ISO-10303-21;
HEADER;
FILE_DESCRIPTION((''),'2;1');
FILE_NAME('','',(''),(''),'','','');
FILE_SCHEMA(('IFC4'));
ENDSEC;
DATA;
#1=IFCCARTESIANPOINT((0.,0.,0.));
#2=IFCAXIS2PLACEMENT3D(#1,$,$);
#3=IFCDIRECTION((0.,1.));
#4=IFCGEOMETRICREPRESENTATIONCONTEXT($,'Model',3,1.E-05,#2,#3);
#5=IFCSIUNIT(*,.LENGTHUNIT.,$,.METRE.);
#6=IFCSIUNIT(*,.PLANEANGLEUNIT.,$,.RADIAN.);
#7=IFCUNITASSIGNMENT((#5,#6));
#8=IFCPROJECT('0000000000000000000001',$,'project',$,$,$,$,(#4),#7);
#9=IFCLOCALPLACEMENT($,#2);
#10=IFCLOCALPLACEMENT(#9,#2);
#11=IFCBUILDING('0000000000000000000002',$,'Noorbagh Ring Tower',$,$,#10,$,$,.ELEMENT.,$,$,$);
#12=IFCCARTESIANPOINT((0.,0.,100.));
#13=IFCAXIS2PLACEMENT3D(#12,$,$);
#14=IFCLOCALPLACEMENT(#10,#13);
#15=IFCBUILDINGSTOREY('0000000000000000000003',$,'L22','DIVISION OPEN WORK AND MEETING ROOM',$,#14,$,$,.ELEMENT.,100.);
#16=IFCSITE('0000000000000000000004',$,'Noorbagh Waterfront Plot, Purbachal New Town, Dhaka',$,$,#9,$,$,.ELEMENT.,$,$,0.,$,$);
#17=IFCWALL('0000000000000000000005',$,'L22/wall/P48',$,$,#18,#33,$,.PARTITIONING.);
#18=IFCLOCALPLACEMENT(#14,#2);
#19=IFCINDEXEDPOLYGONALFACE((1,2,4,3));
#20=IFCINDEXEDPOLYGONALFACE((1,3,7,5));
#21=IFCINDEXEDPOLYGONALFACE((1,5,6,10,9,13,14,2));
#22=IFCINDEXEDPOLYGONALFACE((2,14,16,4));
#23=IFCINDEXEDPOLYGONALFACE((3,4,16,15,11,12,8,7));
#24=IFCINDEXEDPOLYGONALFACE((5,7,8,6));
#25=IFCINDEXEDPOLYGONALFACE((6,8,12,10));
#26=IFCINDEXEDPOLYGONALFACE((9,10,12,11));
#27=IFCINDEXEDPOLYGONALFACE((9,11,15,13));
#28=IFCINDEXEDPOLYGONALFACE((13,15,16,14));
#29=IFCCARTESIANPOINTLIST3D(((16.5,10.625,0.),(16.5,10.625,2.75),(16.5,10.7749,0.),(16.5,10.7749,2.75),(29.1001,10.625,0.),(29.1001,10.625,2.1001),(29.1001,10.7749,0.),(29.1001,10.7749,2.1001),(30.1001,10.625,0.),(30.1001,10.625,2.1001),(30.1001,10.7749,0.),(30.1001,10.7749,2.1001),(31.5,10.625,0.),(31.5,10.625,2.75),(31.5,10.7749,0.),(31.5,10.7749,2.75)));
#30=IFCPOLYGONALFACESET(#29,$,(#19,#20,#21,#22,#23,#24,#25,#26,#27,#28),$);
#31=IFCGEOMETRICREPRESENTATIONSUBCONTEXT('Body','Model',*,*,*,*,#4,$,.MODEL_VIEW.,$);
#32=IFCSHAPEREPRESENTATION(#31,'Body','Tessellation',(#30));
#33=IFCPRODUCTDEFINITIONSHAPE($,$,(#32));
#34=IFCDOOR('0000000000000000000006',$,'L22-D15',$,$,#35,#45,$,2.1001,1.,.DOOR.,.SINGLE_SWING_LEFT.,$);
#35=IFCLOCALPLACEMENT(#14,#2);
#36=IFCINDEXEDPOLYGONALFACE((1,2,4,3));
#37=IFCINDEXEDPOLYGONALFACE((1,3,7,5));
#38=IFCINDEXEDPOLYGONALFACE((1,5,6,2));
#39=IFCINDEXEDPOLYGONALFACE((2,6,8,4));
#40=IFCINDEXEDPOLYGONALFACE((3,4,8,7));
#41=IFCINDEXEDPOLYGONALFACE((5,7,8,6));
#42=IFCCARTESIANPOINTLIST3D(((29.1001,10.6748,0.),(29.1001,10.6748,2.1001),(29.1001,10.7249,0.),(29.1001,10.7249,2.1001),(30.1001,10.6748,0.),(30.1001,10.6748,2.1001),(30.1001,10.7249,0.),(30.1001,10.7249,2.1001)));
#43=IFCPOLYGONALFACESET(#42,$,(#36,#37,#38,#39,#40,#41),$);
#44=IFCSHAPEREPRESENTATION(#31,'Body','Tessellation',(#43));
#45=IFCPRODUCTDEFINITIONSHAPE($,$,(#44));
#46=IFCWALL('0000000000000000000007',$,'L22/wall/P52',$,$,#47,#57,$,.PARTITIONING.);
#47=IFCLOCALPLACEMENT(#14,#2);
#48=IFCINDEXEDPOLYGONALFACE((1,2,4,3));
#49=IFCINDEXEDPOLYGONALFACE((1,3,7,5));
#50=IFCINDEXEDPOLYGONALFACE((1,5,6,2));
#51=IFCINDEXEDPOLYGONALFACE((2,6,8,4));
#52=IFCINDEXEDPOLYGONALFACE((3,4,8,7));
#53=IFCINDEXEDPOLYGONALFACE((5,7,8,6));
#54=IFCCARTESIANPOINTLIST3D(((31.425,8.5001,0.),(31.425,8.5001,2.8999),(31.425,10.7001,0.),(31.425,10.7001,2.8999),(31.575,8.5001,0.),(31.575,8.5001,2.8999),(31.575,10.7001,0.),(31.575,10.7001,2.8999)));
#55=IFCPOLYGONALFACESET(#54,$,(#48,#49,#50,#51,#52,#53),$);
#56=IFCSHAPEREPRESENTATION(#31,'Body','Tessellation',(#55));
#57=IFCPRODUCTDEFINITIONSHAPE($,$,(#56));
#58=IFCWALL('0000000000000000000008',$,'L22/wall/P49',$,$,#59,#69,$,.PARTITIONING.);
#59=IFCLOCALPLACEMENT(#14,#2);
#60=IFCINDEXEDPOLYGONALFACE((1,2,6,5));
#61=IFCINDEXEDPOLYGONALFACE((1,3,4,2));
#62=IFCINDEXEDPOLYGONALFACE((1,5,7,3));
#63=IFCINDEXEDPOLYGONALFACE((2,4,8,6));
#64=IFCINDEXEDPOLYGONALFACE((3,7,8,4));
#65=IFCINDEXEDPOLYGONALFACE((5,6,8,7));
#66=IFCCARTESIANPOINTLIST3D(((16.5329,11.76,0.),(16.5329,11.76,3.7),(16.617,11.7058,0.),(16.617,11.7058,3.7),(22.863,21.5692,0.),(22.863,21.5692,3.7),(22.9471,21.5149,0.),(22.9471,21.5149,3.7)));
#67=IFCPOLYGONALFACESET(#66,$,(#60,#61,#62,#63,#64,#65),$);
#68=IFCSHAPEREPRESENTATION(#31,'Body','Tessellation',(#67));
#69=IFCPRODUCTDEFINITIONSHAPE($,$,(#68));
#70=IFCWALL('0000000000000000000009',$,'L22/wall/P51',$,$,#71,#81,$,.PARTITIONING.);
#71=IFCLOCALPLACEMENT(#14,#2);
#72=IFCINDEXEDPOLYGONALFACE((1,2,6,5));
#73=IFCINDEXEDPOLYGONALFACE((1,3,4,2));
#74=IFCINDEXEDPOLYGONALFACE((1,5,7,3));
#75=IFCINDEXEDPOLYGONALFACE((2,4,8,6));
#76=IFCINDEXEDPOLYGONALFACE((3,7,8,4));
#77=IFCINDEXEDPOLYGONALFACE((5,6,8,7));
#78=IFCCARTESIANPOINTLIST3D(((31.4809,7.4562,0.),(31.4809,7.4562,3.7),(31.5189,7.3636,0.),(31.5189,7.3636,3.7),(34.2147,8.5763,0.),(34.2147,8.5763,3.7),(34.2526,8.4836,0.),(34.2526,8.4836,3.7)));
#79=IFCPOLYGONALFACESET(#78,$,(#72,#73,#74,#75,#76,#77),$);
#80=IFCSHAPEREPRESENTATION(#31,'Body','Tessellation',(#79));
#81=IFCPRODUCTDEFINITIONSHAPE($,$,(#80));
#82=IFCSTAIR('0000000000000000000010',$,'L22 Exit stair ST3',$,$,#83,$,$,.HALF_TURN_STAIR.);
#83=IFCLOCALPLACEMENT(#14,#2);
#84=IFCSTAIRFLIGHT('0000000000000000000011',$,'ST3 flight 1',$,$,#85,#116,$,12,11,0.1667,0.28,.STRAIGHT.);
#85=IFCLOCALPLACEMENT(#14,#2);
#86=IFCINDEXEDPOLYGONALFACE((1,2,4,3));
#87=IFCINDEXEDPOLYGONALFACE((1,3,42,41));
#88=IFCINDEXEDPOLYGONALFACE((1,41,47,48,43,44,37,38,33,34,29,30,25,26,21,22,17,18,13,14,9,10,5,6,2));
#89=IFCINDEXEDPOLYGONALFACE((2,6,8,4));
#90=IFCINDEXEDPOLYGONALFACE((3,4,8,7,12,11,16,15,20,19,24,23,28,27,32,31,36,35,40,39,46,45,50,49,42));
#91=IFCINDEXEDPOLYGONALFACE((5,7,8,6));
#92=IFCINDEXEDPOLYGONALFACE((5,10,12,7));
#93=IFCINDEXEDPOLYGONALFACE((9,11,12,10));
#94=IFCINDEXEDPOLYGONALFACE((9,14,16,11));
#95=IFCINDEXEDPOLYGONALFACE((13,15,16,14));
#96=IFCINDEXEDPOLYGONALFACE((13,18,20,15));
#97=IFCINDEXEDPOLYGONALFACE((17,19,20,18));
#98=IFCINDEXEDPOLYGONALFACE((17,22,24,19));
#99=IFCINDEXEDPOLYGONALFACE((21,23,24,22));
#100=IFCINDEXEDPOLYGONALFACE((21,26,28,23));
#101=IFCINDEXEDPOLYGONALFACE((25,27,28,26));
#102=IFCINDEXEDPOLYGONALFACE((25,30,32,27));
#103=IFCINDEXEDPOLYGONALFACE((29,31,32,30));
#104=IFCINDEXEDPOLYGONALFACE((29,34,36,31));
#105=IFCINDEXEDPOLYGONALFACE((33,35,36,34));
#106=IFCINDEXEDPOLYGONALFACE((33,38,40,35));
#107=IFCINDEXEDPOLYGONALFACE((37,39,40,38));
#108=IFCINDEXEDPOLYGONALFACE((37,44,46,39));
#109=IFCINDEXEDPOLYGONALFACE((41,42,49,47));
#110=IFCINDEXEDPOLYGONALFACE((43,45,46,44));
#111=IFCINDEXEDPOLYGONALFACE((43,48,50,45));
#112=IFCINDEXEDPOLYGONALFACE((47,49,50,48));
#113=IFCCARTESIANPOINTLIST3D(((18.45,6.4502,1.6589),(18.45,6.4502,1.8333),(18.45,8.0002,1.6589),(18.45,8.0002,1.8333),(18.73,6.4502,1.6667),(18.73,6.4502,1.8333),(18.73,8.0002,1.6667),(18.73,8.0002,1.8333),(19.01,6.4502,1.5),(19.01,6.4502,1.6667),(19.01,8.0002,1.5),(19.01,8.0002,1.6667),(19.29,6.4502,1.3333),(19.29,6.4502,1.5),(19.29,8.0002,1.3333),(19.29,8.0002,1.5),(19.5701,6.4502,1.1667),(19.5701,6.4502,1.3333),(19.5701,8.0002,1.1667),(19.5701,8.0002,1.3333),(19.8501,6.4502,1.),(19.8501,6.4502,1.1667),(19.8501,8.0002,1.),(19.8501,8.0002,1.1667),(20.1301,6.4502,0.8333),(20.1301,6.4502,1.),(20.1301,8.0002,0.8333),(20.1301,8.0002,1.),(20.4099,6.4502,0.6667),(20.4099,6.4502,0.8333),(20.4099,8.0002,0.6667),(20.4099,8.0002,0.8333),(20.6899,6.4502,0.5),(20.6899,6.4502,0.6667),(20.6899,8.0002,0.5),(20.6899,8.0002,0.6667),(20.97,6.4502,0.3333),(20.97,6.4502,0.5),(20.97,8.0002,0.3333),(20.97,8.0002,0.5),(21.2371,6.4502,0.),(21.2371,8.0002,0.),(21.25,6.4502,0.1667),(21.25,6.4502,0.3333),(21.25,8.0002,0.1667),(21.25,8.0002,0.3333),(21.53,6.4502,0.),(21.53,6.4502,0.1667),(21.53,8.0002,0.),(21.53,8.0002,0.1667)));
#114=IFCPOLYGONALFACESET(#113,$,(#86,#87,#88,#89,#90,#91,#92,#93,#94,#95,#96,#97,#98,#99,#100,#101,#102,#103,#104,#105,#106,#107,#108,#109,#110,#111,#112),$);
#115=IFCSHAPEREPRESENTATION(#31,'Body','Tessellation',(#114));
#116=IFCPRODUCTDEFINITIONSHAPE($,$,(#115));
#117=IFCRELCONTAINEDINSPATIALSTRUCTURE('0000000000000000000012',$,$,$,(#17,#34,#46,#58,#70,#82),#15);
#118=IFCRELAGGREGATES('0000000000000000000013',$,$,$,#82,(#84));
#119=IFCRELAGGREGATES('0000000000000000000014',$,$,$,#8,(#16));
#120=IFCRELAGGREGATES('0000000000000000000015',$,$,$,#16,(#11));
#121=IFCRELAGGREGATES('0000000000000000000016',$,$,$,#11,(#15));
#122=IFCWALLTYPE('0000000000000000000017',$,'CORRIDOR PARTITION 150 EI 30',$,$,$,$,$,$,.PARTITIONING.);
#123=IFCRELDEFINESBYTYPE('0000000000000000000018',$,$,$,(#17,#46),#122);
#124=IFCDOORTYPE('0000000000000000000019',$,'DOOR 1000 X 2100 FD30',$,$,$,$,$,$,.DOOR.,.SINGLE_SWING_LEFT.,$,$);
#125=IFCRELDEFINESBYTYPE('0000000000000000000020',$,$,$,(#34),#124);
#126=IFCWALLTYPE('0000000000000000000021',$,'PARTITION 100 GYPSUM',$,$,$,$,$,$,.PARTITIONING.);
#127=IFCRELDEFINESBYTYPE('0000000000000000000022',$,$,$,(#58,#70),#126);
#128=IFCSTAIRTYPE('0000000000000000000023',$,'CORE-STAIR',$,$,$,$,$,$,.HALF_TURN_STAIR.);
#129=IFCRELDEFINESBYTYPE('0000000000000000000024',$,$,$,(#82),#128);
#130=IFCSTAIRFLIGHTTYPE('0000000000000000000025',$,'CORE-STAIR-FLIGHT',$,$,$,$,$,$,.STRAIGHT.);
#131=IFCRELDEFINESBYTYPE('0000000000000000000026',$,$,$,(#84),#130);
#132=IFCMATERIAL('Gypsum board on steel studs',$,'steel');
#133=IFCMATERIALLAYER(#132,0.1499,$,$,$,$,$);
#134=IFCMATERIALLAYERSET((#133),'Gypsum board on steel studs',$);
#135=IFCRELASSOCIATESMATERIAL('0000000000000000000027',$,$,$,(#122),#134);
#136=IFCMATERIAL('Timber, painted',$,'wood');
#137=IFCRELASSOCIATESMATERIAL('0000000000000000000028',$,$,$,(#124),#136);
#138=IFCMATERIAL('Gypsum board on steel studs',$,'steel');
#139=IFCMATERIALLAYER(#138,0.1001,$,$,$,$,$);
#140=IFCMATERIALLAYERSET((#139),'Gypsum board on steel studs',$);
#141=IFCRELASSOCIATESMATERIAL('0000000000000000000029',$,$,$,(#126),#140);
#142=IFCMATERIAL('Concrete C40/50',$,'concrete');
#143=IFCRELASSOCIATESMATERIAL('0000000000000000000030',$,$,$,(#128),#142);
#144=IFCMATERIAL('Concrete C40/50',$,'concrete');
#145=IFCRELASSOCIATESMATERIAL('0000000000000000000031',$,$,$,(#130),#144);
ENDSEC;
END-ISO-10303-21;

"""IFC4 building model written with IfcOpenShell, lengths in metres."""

from ifc_helpers import new_model, si_unit, direction, frame, frame_2d, origin, place, context, subcontext, project, spatial, polyline, rectangle, outline, extrude, material, layer, layer_set, type_object, element, fill, aggregate, save


model = new_model("IFC4")

# Units and contexts
model_context = context("Model", 3, precision=1e-05, world=origin(), true_north=direction((0.0, 1.0)))
body_context = subcontext(model_context, "Body", "Model", "MODEL_VIEW")
ifc_project = project(units=[si_unit("LENGTHUNIT", "METRE"), si_unit("PLANEANGLEUNIT", "RADIAN")], contexts=[model_context])

# Site, building, storey
site_placement = place(None, origin())
site = spatial("IfcSite", under=ifc_project, at=site_placement, Name="Noorbagh Waterfront Plot, Purbachal New Town, Dhaka", CompositionType="ELEMENT", RefElevation=0.0)
building_placement = place(site_placement, origin())
building = spatial("IfcBuilding", under=site, at=building_placement, Name="Noorbagh Ring Tower", CompositionType="ELEMENT")
storey_placement = place(building_placement, frame((0.0, 0.0, 100.0)))
storey = spatial("IfcBuildingStorey", under=building, at=storey_placement, Name="L22", Description="DIVISION OPEN WORK AND MEETING ROOM", CompositionType="ELEMENT", Elevation=100.0)

# Wall, opening, door
ifc_material_1 = material(Name="Gypsum board on steel studs", Category="steel")
ifc_layer_1 = layer(ifc_material_1, 0.1499)
ifc_layer_set_1 = layer_set([ifc_layer_1], Name="Gypsum board on steel studs")
wall_type_1 = type_object("IfcWallType", Name="CORRIDOR PARTITION 150 EI 30", PredefinedType="PARTITIONING", material=ifc_layer_set_1)
wall_1_placement = place(storey_placement, frame((16.5, 10.7, 0.0), z_axis=(0.0, 0.0, 1.0), x_axis=(1.0, 0.0, 0.0)))
wall_1 = element("IfcWall", 1, at=wall_1_placement, inside=storey, type_object=wall_type_1, Name="L22/wall/P48", PredefinedType="PARTITIONING", context=body_context, shape_type="SweptSolid", body=[
    extrude(rectangle(XDim=15.0, YDim=0.1499, at=frame_2d((7.5, 0.0))), origin(), (0.0, 0.0, 1.0), 2.75),
])
opening_placement = place(wall_1_placement, frame((12.6001, 0.0, 0.0)))
opening = element("IfcOpeningElement", 2, at=opening_placement, cuts=wall_1, PredefinedType="OPENING", context=body_context, shape_type="SweptSolid", body=[
    extrude(rectangle(XDim=1.0, YDim=2.1001, at=frame_2d((0.5, 1.05))), frame((0.0, 0.085, 0.0), z_axis=(0.0, -1.0, 0.0), x_axis=(1.0, 0.0, 0.0)), (0.0, 0.0, 1.0), 0.1699),
])
ifc_material_2 = material(Name="Timber, painted", Category="wood")
door_type = type_object("IfcDoorType", Name="DOOR 1000 X 2100 FD30", OperationType="SINGLE_SWING_LEFT", PredefinedType="DOOR", material=ifc_material_2)
door_placement = place(opening_placement, origin())
door = element("IfcDoor", 3, at=door_placement, inside=storey, type_object=door_type, Name="L22-D15", OperationType="SINGLE_SWING_LEFT", OverallHeight=2.1001, OverallWidth=1.0, PredefinedType="DOOR", context=body_context, shape_type="SweptSolid", body=[
    extrude(rectangle(XDim=1.0, YDim=2.1001, at=frame_2d((0.5, 1.05))), frame((0.0, 0.0249, 0.0), z_axis=(0.0, -1.0, 0.0), x_axis=(1.0, 0.0, 0.0)), (0.0, 0.0, 1.0), 0.05),
])
fill(opening, door)

# Walls
wall_2_placement = place(storey_placement, frame((31.5, 8.5, 0.0), z_axis=(0.0, 0.0, 1.0), x_axis=(0.0, 1.0, 0.0)))
element("IfcWall", 4, at=wall_2_placement, inside=storey, type_object=wall_type_1, Name="L22/wall/P52", PredefinedType="PARTITIONING", context=body_context, shape_type="SweptSolid", body=[
    extrude(rectangle(XDim=2.2, YDim=0.1499, at=frame_2d((1.1001, 0.0))), origin(), (0.0, 0.0, 1.0), 2.8999),
])
ifc_material_3 = material(Name="Gypsum board on steel studs", Category="steel")
ifc_layer_2 = layer(ifc_material_3, 0.1001)
ifc_layer_set_2 = layer_set([ifc_layer_2], Name="Gypsum board on steel studs")
wall_type_2 = type_object("IfcWallType", Name="PARTITION 100 GYPSUM", PredefinedType="PARTITIONING", material=ifc_layer_set_2)
wall_3_placement = place(storey_placement, frame((16.575, 11.7329, 0.0), z_axis=(0.0, 0.0, 1.0), x_axis=(0.542226, 0.840233, 0.0)))
element("IfcWall", 5, at=wall_3_placement, inside=storey, type_object=wall_type_2, Name="L22/wall/P49", PredefinedType="PARTITIONING", context=body_context, shape_type="SweptSolid", body=[
    extrude(rectangle(XDim=11.6743, YDim=0.1001, at=frame_2d((5.8372, 0.0))), origin(), (0.0, 0.0, 1.0), 3.7),
])
wall_4_placement = place(storey_placement, frame((31.5, 7.4099, 0.0), z_axis=(0.0, 0.0, 1.0), x_axis=(0.925344, 0.379128, 0.0)))
element("IfcWall", 6, at=wall_4_placement, inside=storey, type_object=wall_type_2, Name="L22/wall/P51", PredefinedType="PARTITIONING", context=body_context, shape_type="SweptSolid", body=[
    extrude(rectangle(XDim=2.9543, YDim=0.1001, at=frame_2d((1.4771, 0.0))), origin(), (0.0, 0.0, 1.0), 3.7),
])

# Stair, stair flight
ifc_material_4 = material(Name="Concrete C40/50", Category="concrete")
stair_type = type_object("IfcStairType", Name="CORE-STAIR", PredefinedType="HALF_TURN_STAIR", material=ifc_material_4)
stair_placement = place(storey_placement, origin())
stair = element("IfcStair", 7, at=stair_placement, inside=storey, type_object=stair_type, Name="L22 Exit stair ST3", PredefinedType="HALF_TURN_STAIR")
ifc_material_5 = material(Name="Concrete C40/50", Category="concrete")
stair_flight_type = type_object("IfcStairFlightType", Name="CORE-STAIR-FLIGHT", PredefinedType="STRAIGHT", material=ifc_material_5)
stair_flight_placement = place(storey_placement, frame((21.53, 7.2251, 0.0), z_axis=(0.0, 0.0, 1.0), x_axis=(-1.0, 0.0, 0.0)))
stair_flight = element("IfcStairFlight", 8, at=stair_flight_placement, type_object=stair_flight_type, Name="ST3 flight 1", NumberOfRisers=12, NumberOfTreads=11, PredefinedType="STRAIGHT", RiserHeight=0.1667, TreadLength=0.28, context=body_context, shape_type="SweptSolid", body=[
    extrude(outline(polyline([(0.0, 0.0), (0.0, 0.1667), (0.28, 0.1667), (0.28, 0.3333), (0.5601, 0.3333), (0.5601, 0.5), (0.8401, 0.5), (0.8401, 0.6667), (1.1201, 0.6667), (1.1201, 0.8333), (1.3999, 0.8333), (1.3999, 1.0), (1.6799, 1.0), (1.6799, 1.1667), (1.96, 1.1667), (1.96, 1.3333), (2.24, 1.3333), (2.24, 1.5), (2.52, 1.5), (2.52, 1.6667), (2.8, 1.6667), (2.8, 1.8333), (3.0801, 1.8333), (3.0801, 2.0), (3.0801, 1.6589), (0.293, 0.0), (0.0, 0.0)])), frame((0.0, 0.7749, 0.0), z_axis=(0.0, -1.0, 0.0), x_axis=(1.0, 0.0, 0.0)), (0.0, 0.0, 1.0), 1.55),
])
aggregate(stair, [stair_flight])

save(model, "model.ifc")
